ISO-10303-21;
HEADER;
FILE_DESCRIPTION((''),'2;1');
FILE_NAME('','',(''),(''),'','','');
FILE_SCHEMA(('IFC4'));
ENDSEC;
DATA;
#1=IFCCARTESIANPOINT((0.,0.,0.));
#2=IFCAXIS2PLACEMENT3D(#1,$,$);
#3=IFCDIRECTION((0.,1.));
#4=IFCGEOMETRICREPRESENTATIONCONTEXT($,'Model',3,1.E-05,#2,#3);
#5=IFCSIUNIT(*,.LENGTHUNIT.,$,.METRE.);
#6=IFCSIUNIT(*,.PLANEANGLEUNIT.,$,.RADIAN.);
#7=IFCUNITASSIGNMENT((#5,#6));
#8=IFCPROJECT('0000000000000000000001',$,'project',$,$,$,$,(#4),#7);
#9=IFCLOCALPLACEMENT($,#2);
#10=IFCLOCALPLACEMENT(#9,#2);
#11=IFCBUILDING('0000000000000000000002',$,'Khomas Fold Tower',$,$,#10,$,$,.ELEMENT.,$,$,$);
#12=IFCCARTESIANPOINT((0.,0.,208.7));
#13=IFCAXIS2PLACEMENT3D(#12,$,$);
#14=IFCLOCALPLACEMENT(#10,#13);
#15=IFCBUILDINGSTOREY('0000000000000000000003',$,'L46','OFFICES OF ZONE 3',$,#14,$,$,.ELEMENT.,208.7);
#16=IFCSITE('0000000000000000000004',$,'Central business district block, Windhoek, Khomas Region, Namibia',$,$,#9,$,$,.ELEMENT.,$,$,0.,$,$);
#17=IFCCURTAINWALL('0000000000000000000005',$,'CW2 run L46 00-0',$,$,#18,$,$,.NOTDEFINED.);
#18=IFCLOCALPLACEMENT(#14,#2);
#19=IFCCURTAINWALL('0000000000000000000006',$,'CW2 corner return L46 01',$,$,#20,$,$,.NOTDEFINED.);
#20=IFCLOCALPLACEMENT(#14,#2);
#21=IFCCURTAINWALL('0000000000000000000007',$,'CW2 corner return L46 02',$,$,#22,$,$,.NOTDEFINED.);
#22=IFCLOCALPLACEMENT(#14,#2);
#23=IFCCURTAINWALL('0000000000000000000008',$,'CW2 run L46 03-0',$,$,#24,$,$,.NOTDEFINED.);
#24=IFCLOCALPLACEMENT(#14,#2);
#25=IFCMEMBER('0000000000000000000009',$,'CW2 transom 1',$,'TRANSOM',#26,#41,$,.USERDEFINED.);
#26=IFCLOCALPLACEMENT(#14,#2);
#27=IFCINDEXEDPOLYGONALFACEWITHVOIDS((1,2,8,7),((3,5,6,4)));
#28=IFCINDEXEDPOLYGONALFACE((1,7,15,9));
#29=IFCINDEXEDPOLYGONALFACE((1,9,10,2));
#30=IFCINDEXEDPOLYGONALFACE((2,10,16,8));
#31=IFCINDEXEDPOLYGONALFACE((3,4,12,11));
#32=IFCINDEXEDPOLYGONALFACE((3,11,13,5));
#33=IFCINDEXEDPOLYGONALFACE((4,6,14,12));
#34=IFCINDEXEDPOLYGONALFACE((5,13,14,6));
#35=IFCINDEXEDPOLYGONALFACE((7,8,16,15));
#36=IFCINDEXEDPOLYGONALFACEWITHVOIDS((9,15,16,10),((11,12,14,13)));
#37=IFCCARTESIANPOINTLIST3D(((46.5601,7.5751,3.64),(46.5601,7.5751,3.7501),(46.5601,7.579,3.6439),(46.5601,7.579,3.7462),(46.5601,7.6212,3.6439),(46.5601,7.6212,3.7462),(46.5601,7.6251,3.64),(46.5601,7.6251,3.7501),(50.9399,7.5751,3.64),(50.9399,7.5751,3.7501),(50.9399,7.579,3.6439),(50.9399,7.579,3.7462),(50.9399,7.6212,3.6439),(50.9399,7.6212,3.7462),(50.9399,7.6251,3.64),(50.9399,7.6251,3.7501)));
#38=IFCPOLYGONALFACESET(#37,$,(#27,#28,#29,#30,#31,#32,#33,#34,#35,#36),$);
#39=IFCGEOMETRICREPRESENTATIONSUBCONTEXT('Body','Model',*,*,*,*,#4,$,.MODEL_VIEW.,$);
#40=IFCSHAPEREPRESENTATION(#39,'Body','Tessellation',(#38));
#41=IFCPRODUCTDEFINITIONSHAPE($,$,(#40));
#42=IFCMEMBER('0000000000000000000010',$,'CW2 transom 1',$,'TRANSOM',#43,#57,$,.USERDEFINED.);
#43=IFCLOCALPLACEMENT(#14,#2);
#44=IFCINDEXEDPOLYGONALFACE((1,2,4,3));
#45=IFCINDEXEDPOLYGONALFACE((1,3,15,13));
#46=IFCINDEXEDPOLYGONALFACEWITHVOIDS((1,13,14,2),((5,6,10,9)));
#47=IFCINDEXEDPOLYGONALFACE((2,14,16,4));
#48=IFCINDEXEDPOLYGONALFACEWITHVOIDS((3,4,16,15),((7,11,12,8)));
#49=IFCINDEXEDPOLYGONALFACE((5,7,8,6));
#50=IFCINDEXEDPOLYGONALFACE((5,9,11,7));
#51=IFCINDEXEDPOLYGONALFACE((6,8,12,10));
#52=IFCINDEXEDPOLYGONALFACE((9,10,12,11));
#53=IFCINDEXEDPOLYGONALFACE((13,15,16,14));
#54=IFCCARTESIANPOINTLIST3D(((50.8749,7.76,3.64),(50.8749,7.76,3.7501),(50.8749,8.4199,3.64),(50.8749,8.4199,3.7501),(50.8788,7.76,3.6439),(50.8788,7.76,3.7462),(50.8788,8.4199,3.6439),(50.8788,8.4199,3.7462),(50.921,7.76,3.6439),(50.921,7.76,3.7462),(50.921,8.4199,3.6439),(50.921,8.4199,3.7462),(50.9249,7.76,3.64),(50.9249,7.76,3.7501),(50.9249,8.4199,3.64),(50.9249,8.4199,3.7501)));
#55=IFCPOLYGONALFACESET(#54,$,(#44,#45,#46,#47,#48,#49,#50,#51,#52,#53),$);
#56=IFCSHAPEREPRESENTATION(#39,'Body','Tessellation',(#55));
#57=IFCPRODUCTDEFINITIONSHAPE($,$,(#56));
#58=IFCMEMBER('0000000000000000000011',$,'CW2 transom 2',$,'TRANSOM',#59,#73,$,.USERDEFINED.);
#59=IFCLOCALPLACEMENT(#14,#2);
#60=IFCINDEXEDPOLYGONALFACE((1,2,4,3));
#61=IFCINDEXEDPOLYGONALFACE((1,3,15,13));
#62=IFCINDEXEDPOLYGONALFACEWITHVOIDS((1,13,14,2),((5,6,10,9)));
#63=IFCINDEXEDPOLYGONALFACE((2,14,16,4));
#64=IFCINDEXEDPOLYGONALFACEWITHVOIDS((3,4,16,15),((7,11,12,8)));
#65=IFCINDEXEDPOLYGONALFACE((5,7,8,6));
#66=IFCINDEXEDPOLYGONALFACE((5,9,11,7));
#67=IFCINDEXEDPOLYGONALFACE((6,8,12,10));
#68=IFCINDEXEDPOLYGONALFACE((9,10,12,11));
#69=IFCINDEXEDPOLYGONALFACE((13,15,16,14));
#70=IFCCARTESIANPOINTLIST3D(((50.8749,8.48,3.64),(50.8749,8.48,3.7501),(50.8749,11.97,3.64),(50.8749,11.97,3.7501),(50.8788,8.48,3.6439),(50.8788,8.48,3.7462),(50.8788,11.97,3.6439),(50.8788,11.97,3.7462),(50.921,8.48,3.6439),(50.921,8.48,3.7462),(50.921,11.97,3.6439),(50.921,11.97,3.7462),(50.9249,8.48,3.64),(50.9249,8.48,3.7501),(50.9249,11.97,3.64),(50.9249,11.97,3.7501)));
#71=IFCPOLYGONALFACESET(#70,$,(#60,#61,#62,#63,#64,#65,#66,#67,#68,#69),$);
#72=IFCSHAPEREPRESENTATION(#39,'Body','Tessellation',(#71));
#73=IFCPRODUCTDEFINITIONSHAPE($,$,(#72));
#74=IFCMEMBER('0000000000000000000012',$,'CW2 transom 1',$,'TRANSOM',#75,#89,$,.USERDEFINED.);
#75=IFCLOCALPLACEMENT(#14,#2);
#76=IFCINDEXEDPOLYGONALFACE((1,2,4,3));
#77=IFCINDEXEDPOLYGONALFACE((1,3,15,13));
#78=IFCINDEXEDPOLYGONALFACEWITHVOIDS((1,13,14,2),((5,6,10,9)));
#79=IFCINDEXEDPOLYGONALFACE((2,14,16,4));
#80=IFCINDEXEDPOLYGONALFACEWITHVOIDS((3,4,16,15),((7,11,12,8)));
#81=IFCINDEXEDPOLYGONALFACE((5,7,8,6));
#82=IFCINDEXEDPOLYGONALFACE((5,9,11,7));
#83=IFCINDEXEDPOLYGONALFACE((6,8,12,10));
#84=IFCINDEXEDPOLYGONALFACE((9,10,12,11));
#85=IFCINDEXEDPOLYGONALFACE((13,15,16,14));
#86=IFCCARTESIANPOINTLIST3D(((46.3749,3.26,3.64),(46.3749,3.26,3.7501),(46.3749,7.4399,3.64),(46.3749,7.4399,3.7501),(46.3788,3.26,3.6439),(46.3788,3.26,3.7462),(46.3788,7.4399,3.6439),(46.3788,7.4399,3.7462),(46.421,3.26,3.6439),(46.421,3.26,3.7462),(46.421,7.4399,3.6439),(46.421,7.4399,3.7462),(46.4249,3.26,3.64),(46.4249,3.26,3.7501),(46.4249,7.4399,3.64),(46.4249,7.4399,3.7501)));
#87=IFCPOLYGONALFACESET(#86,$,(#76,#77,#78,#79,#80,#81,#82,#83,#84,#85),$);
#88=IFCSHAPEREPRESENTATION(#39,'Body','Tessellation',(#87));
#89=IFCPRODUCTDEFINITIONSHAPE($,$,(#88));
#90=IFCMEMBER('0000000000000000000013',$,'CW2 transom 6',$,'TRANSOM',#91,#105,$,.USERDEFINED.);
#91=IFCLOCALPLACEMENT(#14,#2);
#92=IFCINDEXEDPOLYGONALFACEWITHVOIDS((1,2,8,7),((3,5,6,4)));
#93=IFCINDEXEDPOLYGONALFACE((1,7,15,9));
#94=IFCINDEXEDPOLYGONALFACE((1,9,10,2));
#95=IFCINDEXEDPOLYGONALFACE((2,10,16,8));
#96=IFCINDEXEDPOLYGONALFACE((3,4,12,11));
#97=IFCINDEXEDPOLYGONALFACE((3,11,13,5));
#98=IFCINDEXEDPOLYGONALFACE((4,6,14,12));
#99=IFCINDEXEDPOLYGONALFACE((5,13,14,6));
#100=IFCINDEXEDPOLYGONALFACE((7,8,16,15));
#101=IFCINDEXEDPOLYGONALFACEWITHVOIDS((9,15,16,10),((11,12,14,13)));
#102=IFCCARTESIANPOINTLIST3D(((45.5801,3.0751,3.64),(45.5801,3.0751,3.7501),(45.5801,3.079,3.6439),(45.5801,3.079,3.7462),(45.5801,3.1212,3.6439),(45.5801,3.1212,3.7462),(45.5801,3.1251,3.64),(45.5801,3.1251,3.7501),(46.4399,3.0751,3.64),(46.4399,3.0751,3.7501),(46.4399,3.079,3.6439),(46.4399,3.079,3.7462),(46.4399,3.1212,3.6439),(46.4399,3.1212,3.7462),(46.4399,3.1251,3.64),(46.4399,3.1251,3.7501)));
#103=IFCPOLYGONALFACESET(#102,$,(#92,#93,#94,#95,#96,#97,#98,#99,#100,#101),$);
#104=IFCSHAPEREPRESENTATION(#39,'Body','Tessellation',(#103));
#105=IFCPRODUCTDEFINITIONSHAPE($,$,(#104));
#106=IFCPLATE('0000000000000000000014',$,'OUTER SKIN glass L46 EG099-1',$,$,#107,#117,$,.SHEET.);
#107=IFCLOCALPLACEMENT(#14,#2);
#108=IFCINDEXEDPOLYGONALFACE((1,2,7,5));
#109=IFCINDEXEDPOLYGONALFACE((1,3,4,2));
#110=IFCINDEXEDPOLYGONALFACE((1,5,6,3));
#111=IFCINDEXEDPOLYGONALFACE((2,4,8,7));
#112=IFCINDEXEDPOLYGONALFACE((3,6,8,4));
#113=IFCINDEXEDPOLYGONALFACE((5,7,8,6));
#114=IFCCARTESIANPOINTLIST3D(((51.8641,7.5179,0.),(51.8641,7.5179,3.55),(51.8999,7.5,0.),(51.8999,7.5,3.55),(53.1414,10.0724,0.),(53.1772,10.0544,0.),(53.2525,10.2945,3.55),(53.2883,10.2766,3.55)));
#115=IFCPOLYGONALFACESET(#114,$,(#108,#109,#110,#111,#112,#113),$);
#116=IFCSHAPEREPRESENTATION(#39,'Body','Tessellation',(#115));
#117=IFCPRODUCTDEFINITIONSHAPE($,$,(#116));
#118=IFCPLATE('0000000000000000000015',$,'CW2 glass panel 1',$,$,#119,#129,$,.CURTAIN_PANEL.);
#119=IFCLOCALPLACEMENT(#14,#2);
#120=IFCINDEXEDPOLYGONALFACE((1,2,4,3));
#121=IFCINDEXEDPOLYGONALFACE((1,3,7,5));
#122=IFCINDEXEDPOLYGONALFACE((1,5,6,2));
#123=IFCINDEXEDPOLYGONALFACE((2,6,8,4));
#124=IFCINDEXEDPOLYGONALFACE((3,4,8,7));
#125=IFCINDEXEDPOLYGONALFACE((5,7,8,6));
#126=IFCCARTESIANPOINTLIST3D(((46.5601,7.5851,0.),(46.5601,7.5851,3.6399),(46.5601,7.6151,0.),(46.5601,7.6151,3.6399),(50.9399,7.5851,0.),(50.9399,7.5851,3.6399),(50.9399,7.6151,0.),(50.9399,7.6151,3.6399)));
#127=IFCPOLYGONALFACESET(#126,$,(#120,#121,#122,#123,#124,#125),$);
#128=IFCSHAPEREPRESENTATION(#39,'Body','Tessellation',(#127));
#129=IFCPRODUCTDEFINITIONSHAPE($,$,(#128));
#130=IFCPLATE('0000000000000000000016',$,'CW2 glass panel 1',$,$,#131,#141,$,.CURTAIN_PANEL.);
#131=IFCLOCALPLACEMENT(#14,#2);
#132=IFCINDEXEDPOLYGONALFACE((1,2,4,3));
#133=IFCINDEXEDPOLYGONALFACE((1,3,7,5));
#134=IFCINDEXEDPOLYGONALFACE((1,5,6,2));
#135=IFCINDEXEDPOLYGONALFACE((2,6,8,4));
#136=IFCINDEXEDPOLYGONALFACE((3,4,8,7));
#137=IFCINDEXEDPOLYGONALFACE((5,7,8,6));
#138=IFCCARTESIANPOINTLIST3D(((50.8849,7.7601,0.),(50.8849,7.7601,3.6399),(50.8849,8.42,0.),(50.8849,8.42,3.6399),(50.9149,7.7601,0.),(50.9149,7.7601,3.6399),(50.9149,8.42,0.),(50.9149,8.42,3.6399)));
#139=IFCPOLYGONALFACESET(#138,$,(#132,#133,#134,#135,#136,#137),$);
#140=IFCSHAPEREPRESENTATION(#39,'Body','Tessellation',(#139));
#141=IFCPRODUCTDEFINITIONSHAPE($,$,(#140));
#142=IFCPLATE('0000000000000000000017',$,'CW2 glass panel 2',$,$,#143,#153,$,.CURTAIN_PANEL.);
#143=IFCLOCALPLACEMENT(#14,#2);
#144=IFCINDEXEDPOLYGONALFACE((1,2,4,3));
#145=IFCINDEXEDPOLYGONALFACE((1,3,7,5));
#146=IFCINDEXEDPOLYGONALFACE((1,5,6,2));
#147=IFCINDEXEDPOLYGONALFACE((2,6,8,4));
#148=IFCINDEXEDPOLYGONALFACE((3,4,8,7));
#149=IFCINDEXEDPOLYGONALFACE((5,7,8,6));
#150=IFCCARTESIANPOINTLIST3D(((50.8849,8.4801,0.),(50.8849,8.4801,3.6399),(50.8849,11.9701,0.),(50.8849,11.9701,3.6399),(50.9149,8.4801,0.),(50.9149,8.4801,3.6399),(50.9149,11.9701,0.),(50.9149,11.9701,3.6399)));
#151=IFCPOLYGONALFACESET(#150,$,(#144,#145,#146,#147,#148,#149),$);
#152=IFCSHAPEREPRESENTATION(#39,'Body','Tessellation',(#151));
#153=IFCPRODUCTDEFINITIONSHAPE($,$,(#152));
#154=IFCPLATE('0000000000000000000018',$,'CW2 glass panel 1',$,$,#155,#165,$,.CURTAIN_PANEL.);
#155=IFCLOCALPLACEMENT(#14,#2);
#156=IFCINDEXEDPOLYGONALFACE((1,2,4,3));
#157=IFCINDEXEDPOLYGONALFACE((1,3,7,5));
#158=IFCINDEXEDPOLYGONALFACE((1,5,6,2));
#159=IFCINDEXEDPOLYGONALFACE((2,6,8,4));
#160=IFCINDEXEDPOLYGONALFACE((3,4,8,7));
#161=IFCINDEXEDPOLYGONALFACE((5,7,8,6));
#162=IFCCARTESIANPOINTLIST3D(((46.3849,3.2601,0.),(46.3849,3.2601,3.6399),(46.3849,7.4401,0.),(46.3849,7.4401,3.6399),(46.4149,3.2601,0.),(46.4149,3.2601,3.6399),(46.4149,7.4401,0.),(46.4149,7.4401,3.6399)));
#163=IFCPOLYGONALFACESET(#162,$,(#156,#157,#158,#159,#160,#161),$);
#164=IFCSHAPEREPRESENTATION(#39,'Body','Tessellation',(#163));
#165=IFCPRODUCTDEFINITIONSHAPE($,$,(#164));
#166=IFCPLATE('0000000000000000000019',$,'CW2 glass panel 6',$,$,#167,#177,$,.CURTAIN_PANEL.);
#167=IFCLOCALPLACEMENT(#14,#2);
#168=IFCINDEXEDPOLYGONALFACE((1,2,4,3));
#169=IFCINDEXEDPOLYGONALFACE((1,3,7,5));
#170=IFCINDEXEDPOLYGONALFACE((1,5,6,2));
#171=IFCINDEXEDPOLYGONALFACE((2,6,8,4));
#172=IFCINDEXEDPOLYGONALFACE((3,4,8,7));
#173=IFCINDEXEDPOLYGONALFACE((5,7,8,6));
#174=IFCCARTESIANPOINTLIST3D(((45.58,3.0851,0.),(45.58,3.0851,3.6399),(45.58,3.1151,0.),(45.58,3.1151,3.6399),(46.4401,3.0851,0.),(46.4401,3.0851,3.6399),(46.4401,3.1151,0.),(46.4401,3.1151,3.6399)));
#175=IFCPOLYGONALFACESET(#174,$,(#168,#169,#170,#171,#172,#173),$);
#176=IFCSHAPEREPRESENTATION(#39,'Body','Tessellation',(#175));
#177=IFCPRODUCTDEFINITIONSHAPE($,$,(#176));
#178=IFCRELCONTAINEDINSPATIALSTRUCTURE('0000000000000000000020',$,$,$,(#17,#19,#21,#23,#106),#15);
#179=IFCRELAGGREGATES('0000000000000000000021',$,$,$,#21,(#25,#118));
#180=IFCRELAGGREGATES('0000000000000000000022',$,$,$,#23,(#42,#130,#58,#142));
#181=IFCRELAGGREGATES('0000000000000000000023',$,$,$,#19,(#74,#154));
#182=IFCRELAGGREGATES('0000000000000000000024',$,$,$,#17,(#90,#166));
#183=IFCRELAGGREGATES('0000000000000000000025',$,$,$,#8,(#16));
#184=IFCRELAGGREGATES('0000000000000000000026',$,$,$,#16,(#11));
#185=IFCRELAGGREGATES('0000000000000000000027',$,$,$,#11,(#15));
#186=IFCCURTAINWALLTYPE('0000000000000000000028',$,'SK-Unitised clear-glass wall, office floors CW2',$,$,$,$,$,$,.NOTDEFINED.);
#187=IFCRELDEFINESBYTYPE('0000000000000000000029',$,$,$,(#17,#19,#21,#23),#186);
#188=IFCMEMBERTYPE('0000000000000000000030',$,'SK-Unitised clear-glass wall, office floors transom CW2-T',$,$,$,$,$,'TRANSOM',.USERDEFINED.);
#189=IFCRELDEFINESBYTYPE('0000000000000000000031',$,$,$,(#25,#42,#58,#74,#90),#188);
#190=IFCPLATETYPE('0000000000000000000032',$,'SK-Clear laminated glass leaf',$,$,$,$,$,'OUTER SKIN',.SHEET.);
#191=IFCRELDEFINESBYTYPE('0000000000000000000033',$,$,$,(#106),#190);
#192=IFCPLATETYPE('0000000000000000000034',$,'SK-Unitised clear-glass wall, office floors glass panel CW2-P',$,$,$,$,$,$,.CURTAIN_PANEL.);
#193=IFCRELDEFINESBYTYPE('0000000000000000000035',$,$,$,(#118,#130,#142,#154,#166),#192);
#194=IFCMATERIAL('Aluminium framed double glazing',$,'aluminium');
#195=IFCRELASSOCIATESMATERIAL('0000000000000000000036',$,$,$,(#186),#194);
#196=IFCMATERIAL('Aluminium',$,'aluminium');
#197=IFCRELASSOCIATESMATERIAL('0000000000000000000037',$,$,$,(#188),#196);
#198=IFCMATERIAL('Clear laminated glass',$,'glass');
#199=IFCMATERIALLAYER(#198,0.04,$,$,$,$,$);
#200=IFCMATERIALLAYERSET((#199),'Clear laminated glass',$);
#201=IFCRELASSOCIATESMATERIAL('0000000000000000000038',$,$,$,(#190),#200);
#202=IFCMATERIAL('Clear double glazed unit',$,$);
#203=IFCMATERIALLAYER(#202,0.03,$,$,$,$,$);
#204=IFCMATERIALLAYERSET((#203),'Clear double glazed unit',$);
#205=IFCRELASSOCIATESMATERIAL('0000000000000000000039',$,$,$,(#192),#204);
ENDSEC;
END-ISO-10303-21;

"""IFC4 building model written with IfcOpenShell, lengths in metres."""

from ifc_helpers import new_model, si_unit, direction, frame, origin, origin_2d, place, context, subcontext, project, spatial, polyline, rectangle, hollow_rectangle, outline, extrude, source, transform, mapped, material, layer, layer_set, material_profile, profile_set, type_object, element, aggregate, save


model = new_model("IFC4")

# Units and contexts
model_context = context("Model", 3, precision=1e-05, world=origin(), true_north=direction((0.0, 1.0)))
body_context = subcontext(model_context, "Body", "Model", "MODEL_VIEW")
ifc_project = project(units=[si_unit("LENGTHUNIT", "METRE"), si_unit("PLANEANGLEUNIT", "RADIAN")], contexts=[model_context])

# Site, building, storey
site_placement = place(None, origin())
site = spatial("IfcSite", under=ifc_project, at=site_placement, Name="Central business district block, Windhoek, Khomas Region, Namibia", CompositionType="ELEMENT", RefElevation=0.0)
building_placement = place(site_placement, origin())
building = spatial("IfcBuilding", under=site, at=building_placement, Name="Khomas Fold Tower", CompositionType="ELEMENT")
storey_placement = place(building_placement, frame((0.0, 0.0, 208.7)))
storey = spatial("IfcBuildingStorey", under=building, at=storey_placement, Name="L46", Description="OFFICES OF ZONE 3", CompositionType="ELEMENT", Elevation=208.7)

# Curtain wall
ifc_material_1 = material(Name="Aluminium framed double glazing", Category="aluminium")
curtain_wall_type = type_object("IfcCurtainWallType", Name="SK-Unitised clear-glass wall, office floors CW2", PredefinedType="NOTDEFINED", material=ifc_material_1)
curtain_wall_1_placement = place(storey_placement, origin())
curtain_wall_1 = element("IfcCurtainWall", 1, at=curtain_wall_1_placement, inside=storey, type_object=curtain_wall_type, Name="CW2 run L46 00-0", PredefinedType="NOTDEFINED")

# Curtain walls
curtain_wall_2_placement = place(storey_placement, origin())
curtain_wall_2 = element("IfcCurtainWall", 2, at=curtain_wall_2_placement, inside=storey, type_object=curtain_wall_type, Name="CW2 corner return L46 01", PredefinedType="NOTDEFINED")
curtain_wall_3_placement = place(storey_placement, origin())
curtain_wall_3 = element("IfcCurtainWall", 3, at=curtain_wall_3_placement, inside=storey, type_object=curtain_wall_type, Name="CW2 corner return L46 02", PredefinedType="NOTDEFINED")

# Curtain wall
curtain_wall_4_placement = place(storey_placement, origin())
curtain_wall_4 = element("IfcCurtainWall", 4, at=curtain_wall_4_placement, inside=storey, type_object=curtain_wall_type, Name="CW2 run L46 03-0", PredefinedType="NOTDEFINED")

# Members
ifc_material_2 = material(Name="Aluminium", Category="aluminium")
ifc_material_profile_1 = material_profile(ifc_material_2, hollow_rectangle(XDim=0.05, YDim=0.1101, WallThickness=0.0039, at=origin_2d()), Name="SK-Unitised clear-glass wall, office floors transom CW2-T")
ifc_profile_set_1 = profile_set([ifc_material_profile_1], Name="Aluminium")
member_type_1 = type_object("IfcMemberType", Name="SK-Unitised clear-glass wall, office floors transom CW2-T", ElementType="TRANSOM", PredefinedType="USERDEFINED", material=ifc_profile_set_1)
shared_shape_1 = source(origin(), body_context, "Body", "SweptSolid", [
    extrude(hollow_rectangle(XDim=0.05, YDim=0.1101, WallThickness=0.0039, at=origin_2d()), origin(), (0.0, 0.0, 1.0), 4.3799),
])
member_1_placement = place(storey_placement, frame((46.5601, 7.6001, 3.6951), z_axis=(1.0, 0.0, 0.0), x_axis=(0.0, 1.0, 0.0)))
member_1 = element("IfcMember", 5, at=member_1_placement, type_object=member_type_1, Name="CW2 transom 1", ObjectType="TRANSOM", PredefinedType="USERDEFINED", context=body_context, shape_type="MappedRepresentation", body=[
    mapped(shared_shape_1, transform((0.0, 0.0, 0.0))),
])
shared_shape_2 = source(origin(), body_context, "Body", "SweptSolid", [
    extrude(hollow_rectangle(XDim=0.05, YDim=0.1101, WallThickness=0.0039, at=origin_2d()), origin(), (0.0, 0.0, 1.0), 0.6599),
])
member_2_placement = place(storey_placement, frame((50.8999, 7.76, 3.6951), z_axis=(0.0, 1.0, 0.0), x_axis=(-1.0, 0.0, 0.0)))
member_2 = element("IfcMember", 6, at=member_2_placement, type_object=member_type_1, Name="CW2 transom 1", ObjectType="TRANSOM", PredefinedType="USERDEFINED", context=body_context, shape_type="MappedRepresentation", body=[
    mapped(shared_shape_2, transform((0.0, 0.0, 0.0))),
])
shared_shape_3 = source(origin(), body_context, "Body", "SweptSolid", [
    extrude(hollow_rectangle(XDim=0.05, YDim=0.1101, WallThickness=0.0039, at=origin_2d()), origin(), (0.0, 0.0, 1.0), 3.49),
])
member_3_placement = place(storey_placement, frame((50.8999, 8.48, 3.6951), z_axis=(0.0, 1.0, 0.0), x_axis=(-1.0, 0.0, 0.0)))
member_3 = element("IfcMember", 7, at=member_3_placement, type_object=member_type_1, Name="CW2 transom 2", ObjectType="TRANSOM", PredefinedType="USERDEFINED", context=body_context, shape_type="MappedRepresentation", body=[
    mapped(shared_shape_3, transform((0.0, 0.0, 0.0))),
])
shared_shape_4 = source(origin(), body_context, "Body", "SweptSolid", [
    extrude(hollow_rectangle(XDim=0.05, YDim=0.1101, WallThickness=0.0039, at=origin_2d()), origin(), (0.0, 0.0, 1.0), 4.1799),
])
member_4_placement = place(storey_placement, frame((46.3999, 3.26, 3.6951), z_axis=(0.0, 1.0, 0.0), x_axis=(-1.0, 0.0, 0.0)))
member_4 = element("IfcMember", 8, at=member_4_placement, type_object=member_type_1, Name="CW2 transom 1", ObjectType="TRANSOM", PredefinedType="USERDEFINED", context=body_context, shape_type="MappedRepresentation", body=[
    mapped(shared_shape_4, transform((0.0, 0.0, 0.0))),
])
shared_shape_5 = source(origin(), body_context, "Body", "SweptSolid", [
    extrude(hollow_rectangle(XDim=0.05, YDim=0.1101, WallThickness=0.0039, at=origin_2d()), origin(), (0.0, 0.0, 1.0), 0.8599),
])
member_5_placement = place(storey_placement, frame((45.5801, 3.1001, 3.6951), z_axis=(1.0, 0.0, 0.0), x_axis=(0.0, 1.0, 0.0)))
member_5 = element("IfcMember", 9, at=member_5_placement, type_object=member_type_1, Name="CW2 transom 6", ObjectType="TRANSOM", PredefinedType="USERDEFINED", context=body_context, shape_type="MappedRepresentation", body=[
    mapped(shared_shape_5, transform((0.0, 0.0, 0.0))),
])

# Plates
ifc_material_3 = material(Name="Clear laminated glass", Category="glass")
ifc_layer_1 = layer(ifc_material_3, 0.04)
ifc_layer_set_1 = layer_set([ifc_layer_1], Name="Clear laminated glass")
plate_type_1 = type_object("IfcPlateType", Name="SK-Clear laminated glass leaf", ElementType="OUTER SKIN", PredefinedType="SHEET", material=ifc_layer_set_1)
plate_1_placement = place(storey_placement, frame((53.1772, 10.0544, 0.0), z_axis=(0.894411, -0.447246, 0.000001), x_axis=(-0.447246, -0.894411, 0.0)))
element("IfcPlate", 10, at=plate_1_placement, inside=storey, type_object=plate_type_1, Name="OUTER SKIN glass L46 EG099-1", PredefinedType="SHEET", context=body_context, shape_type="SweptSolid", body=[
    extrude(outline(polyline([(0.0, 0.0), (2.856, 0.0), (2.856, -3.55), (-0.2484, -3.55), (0.0, 0.0)])), origin(), (0.0, 0.0, -1.0), 0.04),
])
ifc_material_4 = material(Name="Clear double glazed unit")
ifc_layer_2 = layer(ifc_material_4, 0.03)
ifc_layer_set_2 = layer_set([ifc_layer_2], Name="Clear double glazed unit")
plate_type_2 = type_object("IfcPlateType", Name="SK-Unitised clear-glass wall, office floors glass panel CW2-P", PredefinedType="CURTAIN_PANEL", material=ifc_layer_set_2)
shared_shape_6 = source(origin(), body_context, "Body", "SweptSolid", [
    extrude(rectangle(XDim=4.3799, YDim=0.03, at=origin_2d()), origin(), (0.0, 0.0, 1.0), 3.6399),
])
plate_2_placement = place(storey_placement, frame((48.75, 7.6001, 0.0), z_axis=(0.0, 0.0, 1.0), x_axis=(1.0, 0.0, 0.0)))
plate_2 = element("IfcPlate", 11, at=plate_2_placement, type_object=plate_type_2, Name="CW2 glass panel 1", PredefinedType="CURTAIN_PANEL", context=body_context, shape_type="MappedRepresentation", body=[
    mapped(shared_shape_6, transform((0.0, 0.0, 0.0))),
])
aggregate(curtain_wall_3, [member_1, plate_2])
shared_shape_7 = source(origin(), body_context, "Body", "SweptSolid", [
    extrude(rectangle(XDim=0.6599, YDim=0.03, at=origin_2d()), origin(), (0.0, 0.0, 1.0), 3.6399),
])
plate_3_placement = place(storey_placement, frame((50.8999, 8.0901, 0.0), z_axis=(0.0, 0.0, 1.0), x_axis=(0.0, 1.0, 0.0)))
plate_3 = element("IfcPlate", 12, at=plate_3_placement, type_object=plate_type_2, Name="CW2 glass panel 1", PredefinedType="CURTAIN_PANEL", context=body_context, shape_type="MappedRepresentation", body=[
    mapped(shared_shape_7, transform((0.0, 0.0, 0.0))),
])
shared_shape_8 = source(origin(), body_context, "Body", "SweptSolid", [
    extrude(rectangle(XDim=3.49, YDim=0.03, at=origin_2d()), origin(), (0.0, 0.0, 1.0), 3.6399),
])
plate_4_placement = place(storey_placement, frame((50.8999, 10.2251, 0.0), z_axis=(0.0, 0.0, 1.0), x_axis=(0.0, 1.0, 0.0)))
plate_4 = element("IfcPlate", 13, at=plate_4_placement, type_object=plate_type_2, Name="CW2 glass panel 2", PredefinedType="CURTAIN_PANEL", context=body_context, shape_type="MappedRepresentation", body=[
    mapped(shared_shape_8, transform((0.0, 0.0, 0.0))),
])
aggregate(curtain_wall_4, [member_2, plate_3, member_3, plate_4])
shared_shape_9 = source(origin(), body_context, "Body", "SweptSolid", [
    extrude(rectangle(XDim=4.1799, YDim=0.03, at=origin_2d()), origin(), (0.0, 0.0, 1.0), 3.6399),
])
plate_5_placement = place(storey_placement, frame((46.3999, 5.3501, 0.0), z_axis=(0.0, 0.0, 1.0), x_axis=(0.0, 1.0, 0.0)))
plate_5 = element("IfcPlate", 14, at=plate_5_placement, type_object=plate_type_2, Name="CW2 glass panel 1", PredefinedType="CURTAIN_PANEL", context=body_context, shape_type="MappedRepresentation", body=[
    mapped(shared_shape_9, transform((0.0, 0.0, 0.0))),
])
aggregate(curtain_wall_2, [member_4, plate_5])
shared_shape_10 = source(origin(), body_context, "Body", "SweptSolid", [
    extrude(rectangle(XDim=0.8601, YDim=0.03, at=origin_2d()), origin(), (0.0, 0.0, 1.0), 3.6399),
])
plate_6_placement = place(storey_placement, frame((46.01, 3.1001, 0.0), z_axis=(0.0, 0.0, 1.0), x_axis=(1.0, 0.0, 0.0)))
plate_6 = element("IfcPlate", 15, at=plate_6_placement, type_object=plate_type_2, Name="CW2 glass panel 6", PredefinedType="CURTAIN_PANEL", context=body_context, shape_type="MappedRepresentation", body=[
    mapped(shared_shape_10, transform((0.0, 0.0, 0.0))),
])
aggregate(curtain_wall_1, [member_5, plate_6])

save(model, "model.ifc")
